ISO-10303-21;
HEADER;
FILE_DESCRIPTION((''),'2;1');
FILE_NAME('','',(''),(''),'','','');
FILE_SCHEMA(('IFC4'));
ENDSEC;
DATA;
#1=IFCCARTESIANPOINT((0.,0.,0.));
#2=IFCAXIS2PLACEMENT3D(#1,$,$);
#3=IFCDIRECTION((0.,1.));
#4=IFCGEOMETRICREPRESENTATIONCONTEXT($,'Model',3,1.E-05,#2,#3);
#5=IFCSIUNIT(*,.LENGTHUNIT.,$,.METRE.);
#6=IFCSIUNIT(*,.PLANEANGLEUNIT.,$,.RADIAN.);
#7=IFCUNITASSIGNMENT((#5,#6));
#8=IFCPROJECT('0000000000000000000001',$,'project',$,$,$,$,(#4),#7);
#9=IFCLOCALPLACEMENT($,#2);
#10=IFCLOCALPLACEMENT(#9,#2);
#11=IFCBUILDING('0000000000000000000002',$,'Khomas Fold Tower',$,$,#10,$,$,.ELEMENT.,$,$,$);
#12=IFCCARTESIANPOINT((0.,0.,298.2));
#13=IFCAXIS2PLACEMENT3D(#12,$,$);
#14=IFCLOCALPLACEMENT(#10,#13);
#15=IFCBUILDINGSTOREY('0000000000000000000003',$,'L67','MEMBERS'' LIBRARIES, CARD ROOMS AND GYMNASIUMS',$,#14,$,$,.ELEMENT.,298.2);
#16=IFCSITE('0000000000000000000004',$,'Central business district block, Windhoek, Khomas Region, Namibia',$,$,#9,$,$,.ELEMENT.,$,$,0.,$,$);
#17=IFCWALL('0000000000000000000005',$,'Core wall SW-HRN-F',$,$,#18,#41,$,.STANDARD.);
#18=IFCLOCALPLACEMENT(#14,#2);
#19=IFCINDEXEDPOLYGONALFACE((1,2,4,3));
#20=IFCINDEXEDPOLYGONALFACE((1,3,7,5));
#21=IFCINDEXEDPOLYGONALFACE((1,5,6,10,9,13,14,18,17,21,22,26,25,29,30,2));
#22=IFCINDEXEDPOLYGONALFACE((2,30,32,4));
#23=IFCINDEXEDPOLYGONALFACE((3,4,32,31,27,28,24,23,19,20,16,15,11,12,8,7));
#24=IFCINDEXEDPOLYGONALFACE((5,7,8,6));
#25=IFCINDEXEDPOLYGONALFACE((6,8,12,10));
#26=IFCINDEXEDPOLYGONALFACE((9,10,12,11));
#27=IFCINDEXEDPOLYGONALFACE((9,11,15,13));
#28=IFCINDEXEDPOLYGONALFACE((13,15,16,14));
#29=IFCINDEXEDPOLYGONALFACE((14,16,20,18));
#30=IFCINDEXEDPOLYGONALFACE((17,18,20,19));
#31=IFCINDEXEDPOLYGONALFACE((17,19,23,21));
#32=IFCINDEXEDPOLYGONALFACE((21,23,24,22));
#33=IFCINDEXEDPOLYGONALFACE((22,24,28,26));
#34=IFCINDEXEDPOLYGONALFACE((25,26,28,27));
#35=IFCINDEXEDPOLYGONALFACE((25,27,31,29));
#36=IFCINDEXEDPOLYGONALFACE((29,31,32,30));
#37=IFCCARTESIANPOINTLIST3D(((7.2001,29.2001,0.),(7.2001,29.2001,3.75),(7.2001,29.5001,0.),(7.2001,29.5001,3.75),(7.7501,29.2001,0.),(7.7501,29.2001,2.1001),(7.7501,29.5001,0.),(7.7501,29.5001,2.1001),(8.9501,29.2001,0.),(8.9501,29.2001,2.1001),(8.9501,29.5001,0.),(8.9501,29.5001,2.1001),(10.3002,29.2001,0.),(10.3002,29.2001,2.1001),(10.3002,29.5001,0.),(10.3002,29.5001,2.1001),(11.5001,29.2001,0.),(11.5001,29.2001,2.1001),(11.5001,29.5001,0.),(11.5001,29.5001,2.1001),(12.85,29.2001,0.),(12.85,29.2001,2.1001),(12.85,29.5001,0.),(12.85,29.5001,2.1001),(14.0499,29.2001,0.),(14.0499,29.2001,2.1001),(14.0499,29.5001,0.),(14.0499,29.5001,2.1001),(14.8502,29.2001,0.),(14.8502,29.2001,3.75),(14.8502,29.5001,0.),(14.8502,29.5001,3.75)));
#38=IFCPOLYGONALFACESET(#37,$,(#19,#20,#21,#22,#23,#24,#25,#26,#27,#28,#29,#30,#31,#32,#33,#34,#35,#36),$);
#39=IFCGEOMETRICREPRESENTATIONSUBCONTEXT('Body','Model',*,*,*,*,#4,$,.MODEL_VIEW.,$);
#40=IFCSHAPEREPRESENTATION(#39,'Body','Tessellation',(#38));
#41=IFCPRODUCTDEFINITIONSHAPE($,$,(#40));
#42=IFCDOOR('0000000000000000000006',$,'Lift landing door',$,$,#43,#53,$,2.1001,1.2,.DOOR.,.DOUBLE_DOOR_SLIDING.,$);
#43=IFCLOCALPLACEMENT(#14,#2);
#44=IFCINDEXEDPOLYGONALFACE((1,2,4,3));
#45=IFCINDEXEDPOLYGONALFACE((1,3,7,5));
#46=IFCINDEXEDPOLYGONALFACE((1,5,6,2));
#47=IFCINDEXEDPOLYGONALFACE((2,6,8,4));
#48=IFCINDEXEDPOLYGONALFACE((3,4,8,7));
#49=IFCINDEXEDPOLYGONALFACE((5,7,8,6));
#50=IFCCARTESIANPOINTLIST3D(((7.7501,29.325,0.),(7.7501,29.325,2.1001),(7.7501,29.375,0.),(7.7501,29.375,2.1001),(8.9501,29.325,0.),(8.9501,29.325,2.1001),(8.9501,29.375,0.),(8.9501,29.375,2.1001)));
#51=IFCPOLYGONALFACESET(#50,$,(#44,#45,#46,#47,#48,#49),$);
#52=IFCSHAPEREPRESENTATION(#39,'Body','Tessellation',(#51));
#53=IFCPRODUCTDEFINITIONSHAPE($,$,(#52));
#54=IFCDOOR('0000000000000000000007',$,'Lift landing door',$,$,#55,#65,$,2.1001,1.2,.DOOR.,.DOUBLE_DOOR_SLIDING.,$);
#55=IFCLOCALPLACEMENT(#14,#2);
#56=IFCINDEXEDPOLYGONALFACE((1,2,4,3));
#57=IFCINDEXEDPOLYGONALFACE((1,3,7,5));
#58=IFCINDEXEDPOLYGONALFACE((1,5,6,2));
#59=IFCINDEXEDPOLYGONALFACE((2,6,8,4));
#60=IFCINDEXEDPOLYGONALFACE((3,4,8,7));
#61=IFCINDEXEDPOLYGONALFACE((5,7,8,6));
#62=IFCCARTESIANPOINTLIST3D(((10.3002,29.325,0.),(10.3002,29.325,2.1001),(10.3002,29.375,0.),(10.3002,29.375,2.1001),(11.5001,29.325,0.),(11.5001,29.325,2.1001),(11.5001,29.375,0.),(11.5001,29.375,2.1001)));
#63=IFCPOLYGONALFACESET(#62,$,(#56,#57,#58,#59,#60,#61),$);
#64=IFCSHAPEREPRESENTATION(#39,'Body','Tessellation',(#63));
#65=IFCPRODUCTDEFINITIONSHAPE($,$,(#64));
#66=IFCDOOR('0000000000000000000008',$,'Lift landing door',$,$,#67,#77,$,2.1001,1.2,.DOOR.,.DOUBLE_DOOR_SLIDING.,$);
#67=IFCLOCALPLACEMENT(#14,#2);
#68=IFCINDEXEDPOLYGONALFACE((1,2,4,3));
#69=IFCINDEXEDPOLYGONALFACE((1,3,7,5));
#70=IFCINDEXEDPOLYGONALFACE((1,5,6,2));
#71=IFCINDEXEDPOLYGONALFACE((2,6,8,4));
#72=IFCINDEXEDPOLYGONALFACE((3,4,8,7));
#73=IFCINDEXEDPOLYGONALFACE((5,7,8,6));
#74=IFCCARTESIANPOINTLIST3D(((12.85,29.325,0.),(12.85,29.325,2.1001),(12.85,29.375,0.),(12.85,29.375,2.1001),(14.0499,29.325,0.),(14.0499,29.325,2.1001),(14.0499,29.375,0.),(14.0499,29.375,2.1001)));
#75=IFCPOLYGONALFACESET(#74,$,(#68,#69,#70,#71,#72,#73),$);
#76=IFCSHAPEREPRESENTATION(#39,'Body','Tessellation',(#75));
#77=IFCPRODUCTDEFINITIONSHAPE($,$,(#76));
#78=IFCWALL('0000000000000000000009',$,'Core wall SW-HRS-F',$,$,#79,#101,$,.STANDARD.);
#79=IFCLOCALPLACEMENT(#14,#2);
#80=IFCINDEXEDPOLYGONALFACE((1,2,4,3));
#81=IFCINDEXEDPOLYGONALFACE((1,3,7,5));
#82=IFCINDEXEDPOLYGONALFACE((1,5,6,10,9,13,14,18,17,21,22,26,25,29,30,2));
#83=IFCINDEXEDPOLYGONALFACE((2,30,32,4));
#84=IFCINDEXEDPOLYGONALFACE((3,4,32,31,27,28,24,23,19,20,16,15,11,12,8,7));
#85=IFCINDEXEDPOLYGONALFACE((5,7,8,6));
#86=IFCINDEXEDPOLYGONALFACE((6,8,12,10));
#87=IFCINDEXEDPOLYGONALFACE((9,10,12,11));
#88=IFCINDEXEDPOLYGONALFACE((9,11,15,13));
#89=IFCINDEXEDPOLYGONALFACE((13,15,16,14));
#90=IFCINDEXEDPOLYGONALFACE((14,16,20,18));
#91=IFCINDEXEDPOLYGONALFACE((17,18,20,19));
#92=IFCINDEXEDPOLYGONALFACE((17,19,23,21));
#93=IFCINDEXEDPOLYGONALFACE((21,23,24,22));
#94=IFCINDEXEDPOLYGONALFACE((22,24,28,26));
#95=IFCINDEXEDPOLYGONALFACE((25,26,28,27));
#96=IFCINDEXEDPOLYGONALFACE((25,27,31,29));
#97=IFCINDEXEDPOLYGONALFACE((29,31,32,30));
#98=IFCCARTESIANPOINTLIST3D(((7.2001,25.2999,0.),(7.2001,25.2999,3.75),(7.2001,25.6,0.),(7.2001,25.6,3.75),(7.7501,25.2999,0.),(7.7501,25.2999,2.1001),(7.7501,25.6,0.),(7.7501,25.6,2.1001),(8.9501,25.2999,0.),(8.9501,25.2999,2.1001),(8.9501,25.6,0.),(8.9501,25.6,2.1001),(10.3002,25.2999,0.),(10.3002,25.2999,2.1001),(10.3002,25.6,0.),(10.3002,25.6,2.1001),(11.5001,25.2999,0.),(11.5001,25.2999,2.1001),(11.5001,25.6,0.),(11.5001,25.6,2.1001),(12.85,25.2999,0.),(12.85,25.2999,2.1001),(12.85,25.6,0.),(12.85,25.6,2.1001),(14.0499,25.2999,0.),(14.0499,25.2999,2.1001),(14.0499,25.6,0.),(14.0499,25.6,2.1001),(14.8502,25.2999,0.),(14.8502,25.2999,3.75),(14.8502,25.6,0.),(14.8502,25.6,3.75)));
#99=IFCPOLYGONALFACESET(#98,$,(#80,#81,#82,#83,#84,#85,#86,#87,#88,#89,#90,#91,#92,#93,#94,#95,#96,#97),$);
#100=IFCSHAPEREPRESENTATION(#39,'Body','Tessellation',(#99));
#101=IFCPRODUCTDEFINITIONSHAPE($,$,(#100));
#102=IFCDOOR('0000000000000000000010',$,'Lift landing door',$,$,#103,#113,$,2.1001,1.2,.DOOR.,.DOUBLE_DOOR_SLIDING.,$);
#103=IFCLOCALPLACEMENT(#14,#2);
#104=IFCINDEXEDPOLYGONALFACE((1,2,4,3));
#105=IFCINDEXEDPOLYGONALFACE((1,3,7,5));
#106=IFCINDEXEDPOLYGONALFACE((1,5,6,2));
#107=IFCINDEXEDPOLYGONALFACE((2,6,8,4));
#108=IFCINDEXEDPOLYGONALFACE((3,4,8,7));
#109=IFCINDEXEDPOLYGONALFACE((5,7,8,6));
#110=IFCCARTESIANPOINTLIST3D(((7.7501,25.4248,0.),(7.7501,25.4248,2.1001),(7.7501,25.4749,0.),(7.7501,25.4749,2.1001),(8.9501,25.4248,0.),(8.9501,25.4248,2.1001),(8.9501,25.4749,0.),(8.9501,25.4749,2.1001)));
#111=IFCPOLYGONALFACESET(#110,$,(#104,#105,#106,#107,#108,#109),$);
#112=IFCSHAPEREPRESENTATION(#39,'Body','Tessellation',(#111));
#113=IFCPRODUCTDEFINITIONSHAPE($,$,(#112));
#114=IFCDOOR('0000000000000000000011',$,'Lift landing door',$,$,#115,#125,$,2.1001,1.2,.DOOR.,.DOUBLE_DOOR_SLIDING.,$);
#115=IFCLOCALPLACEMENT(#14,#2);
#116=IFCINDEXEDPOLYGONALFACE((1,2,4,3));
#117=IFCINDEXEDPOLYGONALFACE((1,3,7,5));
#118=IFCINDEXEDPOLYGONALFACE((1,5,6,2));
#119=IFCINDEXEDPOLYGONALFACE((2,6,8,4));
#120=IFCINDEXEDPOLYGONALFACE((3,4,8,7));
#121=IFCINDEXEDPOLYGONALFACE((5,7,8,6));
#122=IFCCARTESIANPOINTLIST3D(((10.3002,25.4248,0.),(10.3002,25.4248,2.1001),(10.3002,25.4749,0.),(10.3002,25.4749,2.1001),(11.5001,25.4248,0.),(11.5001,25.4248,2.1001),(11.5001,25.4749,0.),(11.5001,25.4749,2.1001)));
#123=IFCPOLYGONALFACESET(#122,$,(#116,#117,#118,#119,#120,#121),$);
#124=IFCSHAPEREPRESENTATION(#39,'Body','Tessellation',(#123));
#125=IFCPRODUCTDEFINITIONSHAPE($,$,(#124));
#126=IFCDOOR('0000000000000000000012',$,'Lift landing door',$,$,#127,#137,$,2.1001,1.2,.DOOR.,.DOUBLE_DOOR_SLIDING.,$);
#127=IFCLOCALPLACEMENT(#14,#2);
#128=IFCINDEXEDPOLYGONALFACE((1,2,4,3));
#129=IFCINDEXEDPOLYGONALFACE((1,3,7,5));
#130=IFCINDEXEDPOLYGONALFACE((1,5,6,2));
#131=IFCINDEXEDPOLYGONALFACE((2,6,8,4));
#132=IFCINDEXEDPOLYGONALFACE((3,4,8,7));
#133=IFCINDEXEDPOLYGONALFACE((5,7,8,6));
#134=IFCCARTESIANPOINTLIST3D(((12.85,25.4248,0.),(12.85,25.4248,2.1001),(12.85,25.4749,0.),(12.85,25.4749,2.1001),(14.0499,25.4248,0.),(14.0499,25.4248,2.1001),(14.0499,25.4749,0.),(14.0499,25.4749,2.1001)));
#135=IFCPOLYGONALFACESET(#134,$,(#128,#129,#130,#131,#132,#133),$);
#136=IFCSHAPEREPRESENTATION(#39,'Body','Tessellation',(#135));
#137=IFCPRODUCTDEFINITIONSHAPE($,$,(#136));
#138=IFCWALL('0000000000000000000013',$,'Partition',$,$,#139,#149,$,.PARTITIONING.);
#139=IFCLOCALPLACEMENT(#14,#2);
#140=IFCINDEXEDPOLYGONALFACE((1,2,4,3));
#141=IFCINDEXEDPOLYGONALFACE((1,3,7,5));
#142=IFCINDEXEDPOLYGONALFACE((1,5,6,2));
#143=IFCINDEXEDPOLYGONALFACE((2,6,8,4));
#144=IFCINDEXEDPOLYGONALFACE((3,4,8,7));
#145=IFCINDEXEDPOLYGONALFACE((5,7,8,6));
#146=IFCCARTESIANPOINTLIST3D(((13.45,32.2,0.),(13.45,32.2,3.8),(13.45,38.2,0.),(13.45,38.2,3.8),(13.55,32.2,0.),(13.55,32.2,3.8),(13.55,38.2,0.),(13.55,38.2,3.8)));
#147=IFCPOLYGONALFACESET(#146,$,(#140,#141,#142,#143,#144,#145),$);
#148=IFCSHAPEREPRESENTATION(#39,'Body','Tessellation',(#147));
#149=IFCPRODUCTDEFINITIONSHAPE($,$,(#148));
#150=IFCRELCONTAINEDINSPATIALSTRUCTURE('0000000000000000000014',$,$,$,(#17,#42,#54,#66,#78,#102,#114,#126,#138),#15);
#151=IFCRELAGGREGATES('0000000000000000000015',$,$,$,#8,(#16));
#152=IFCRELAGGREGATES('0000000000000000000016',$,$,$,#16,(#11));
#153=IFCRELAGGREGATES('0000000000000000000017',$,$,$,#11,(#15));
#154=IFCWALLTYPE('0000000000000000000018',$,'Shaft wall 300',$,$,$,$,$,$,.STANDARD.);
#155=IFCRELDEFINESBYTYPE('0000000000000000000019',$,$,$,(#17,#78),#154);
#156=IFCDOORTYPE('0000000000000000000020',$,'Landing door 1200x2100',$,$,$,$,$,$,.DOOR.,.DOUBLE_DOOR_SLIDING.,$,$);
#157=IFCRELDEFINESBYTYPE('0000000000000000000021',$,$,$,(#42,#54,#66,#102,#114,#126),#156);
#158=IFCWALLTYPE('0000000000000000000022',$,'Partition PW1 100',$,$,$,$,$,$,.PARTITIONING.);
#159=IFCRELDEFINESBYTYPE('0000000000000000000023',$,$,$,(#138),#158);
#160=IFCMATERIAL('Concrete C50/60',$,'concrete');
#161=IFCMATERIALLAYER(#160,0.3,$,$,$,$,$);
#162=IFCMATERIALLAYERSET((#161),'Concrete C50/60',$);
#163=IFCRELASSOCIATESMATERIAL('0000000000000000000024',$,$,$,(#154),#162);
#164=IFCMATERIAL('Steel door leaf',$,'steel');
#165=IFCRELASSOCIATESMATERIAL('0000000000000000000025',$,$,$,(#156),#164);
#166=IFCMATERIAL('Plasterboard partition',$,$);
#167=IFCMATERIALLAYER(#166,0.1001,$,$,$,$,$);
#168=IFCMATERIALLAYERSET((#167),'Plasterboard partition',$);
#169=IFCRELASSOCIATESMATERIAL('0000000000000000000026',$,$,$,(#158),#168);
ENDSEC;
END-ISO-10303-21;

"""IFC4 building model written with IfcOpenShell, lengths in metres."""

from ifc_helpers import new_model, si_unit, direction, frame, frame_2d, origin, place, context, subcontext, project, spatial, rectangle, extrude, source, transform, mapped, material, layer, layer_set, type_object, element, fill, save


model = new_model("IFC4")

# Units and contexts
model_context = context("Model", 3, precision=1e-05, world=origin(), true_north=direction((0.0, 1.0)))
body_context = subcontext(model_context, "Body", "Model", "MODEL_VIEW")
ifc_project = project(units=[si_unit("LENGTHUNIT", "METRE"), si_unit("PLANEANGLEUNIT", "RADIAN")], contexts=[model_context])

# Site, building, storey
site_placement = place(None, origin())
site = spatial("IfcSite", under=ifc_project, at=site_placement, Name="Central business district block, Windhoek, Khomas Region, Namibia", CompositionType="ELEMENT", RefElevation=0.0)
building_placement = place(site_placement, origin())
building = spatial("IfcBuilding", under=site, at=building_placement, Name="Khomas Fold Tower", CompositionType="ELEMENT")
storey_placement = place(building_placement, frame((0.0, 0.0, 298.2)))
storey = spatial("IfcBuildingStorey", under=building, at=storey_placement, Name="L67", Description="MEMBERS' LIBRARIES, CARD ROOMS AND GYMNASIUMS", CompositionType="ELEMENT", Elevation=298.2)

# Shared definitions
ifc_material_1 = material(Name="Concrete C50/60", Category="concrete")
ifc_layer_1 = layer(ifc_material_1, 0.3)
ifc_layer_set_1 = layer_set([ifc_layer_1], Name="Concrete C50/60")
wall_type_1 = type_object("IfcWallType", Name="Shaft wall 300", PredefinedType="STANDARD", material=ifc_layer_set_1)
shared_shape_1 = source(origin(), body_context, "Body", "SweptSolid", [
    extrude(rectangle(XDim=7.6501, YDim=0.3, at=frame_2d((3.8252, 0.0))), origin(), (0.0, 0.0, 1.0), 3.75),
])

# Walls, openings, doors
wall_1_placement = place(storey_placement, frame((7.2, 29.3501, 0.0), z_axis=(0.0, 0.0, 1.0), x_axis=(1.0, 0.0, 0.0)))
wall_1 = element("IfcWall", 1, at=wall_1_placement, inside=storey, type_object=wall_type_1, Name="Core wall SW-HRN-F", PredefinedType="STANDARD", context=body_context, shape_type="MappedRepresentation", body=[
    mapped(shared_shape_1, transform((0.0, 0.0, 0.0))),
])
shared_shape_2 = source(origin(), body_context, "Body", "SweptSolid", [
    extrude(rectangle(XDim=1.2, YDim=2.1001, at=frame_2d((0.6001, 1.05))), frame((0.0, 0.1599, 0.0), z_axis=(0.0, -1.0, 0.0), x_axis=(1.0, 0.0, 0.0)), (0.0, 0.0, 1.0), 0.3201),
])
opening_1_placement = place(wall_1_placement, frame((0.55, 0.0, 0.0)))
opening_1 = element("IfcOpeningElement", 2, at=opening_1_placement, cuts=wall_1, PredefinedType="OPENING", context=body_context, shape_type="MappedRepresentation", body=[
    mapped(shared_shape_2, transform((0.0, 0.0, 0.0))),
])
opening_2_placement = place(wall_1_placement, frame((3.1001, 0.0, 0.0)))
opening_2 = element("IfcOpeningElement", 3, at=opening_2_placement, cuts=wall_1, PredefinedType="OPENING", context=body_context, shape_type="MappedRepresentation", body=[
    mapped(shared_shape_2, transform((0.0, 0.0, 0.0))),
])
opening_3_placement = place(wall_1_placement, frame((5.6499, 0.0, 0.0)))
opening_3 = element("IfcOpeningElement", 4, at=opening_3_placement, cuts=wall_1, PredefinedType="OPENING", context=body_context, shape_type="MappedRepresentation", body=[
    mapped(shared_shape_2, transform((0.0, 0.0, 0.0))),
])
ifc_material_2 = material(Name="Steel door leaf", Category="steel")
door_type_1 = type_object("IfcDoorType", Name="Landing door 1200x2100", OperationType="DOUBLE_DOOR_SLIDING", PredefinedType="DOOR", material=ifc_material_2)
shared_shape_3 = source(origin(), body_context, "Body", "SweptSolid", [
    extrude(rectangle(XDim=1.2, YDim=2.1001, at=frame_2d((0.6001, 1.05))), frame((0.0, 0.0249, 0.0), z_axis=(0.0, -1.0, 0.0), x_axis=(1.0, 0.0, 0.0)), (0.0, 0.0, 1.0), 0.05),
])
door_1_placement = place(opening_1_placement, origin())
door_1 = element("IfcDoor", 5, at=door_1_placement, inside=storey, type_object=door_type_1, Name="Lift landing door", OperationType="DOUBLE_DOOR_SLIDING", OverallHeight=2.1001, OverallWidth=1.2, PredefinedType="DOOR", context=body_context, shape_type="MappedRepresentation", body=[
    mapped(shared_shape_3, transform((0.0, 0.0, 0.0))),
])
fill(opening_1, door_1)
door_2_placement = place(opening_2_placement, origin())
door_2 = element("IfcDoor", 6, at=door_2_placement, inside=storey, type_object=door_type_1, Name="Lift landing door", OperationType="DOUBLE_DOOR_SLIDING", OverallHeight=2.1001, OverallWidth=1.2, PredefinedType="DOOR", context=body_context, shape_type="MappedRepresentation", body=[
    mapped(shared_shape_3, transform((0.0, 0.0, 0.0))),
])
fill(opening_2, door_2)
door_3_placement = place(opening_3_placement, origin())
door_3 = element("IfcDoor", 7, at=door_3_placement, inside=storey, type_object=door_type_1, Name="Lift landing door", OperationType="DOUBLE_DOOR_SLIDING", OverallHeight=2.1001, OverallWidth=1.2, PredefinedType="DOOR", context=body_context, shape_type="MappedRepresentation", body=[
    mapped(shared_shape_3, transform((0.0, 0.0, 0.0))),
])
fill(opening_3, door_3)
wall_2_placement = place(storey_placement, frame((7.2, 25.45, 0.0), z_axis=(0.0, 0.0, 1.0), x_axis=(1.0, 0.0, 0.0)))
wall_2 = element("IfcWall", 8, at=wall_2_placement, inside=storey, type_object=wall_type_1, Name="Core wall SW-HRS-F", PredefinedType="STANDARD", context=body_context, shape_type="MappedRepresentation", body=[
    mapped(shared_shape_1, transform((0.0, 0.0, 0.0))),
])
opening_4_placement = place(wall_2_placement, frame((0.55, 0.0, 0.0)))
opening_4 = element("IfcOpeningElement", 9, at=opening_4_placement, cuts=wall_2, PredefinedType="OPENING", context=body_context, shape_type="MappedRepresentation", body=[
    mapped(shared_shape_2, transform((0.0, 0.0, 0.0))),
])
opening_5_placement = place(wall_2_placement, frame((3.1001, 0.0, 0.0)))
opening_5 = element("IfcOpeningElement", 10, at=opening_5_placement, cuts=wall_2, PredefinedType="OPENING", context=body_context, shape_type="MappedRepresentation", body=[
    mapped(shared_shape_2, transform((0.0, 0.0, 0.0))),
])
opening_6_placement = place(wall_2_placement, frame((5.6499, 0.0, 0.0)))
opening_6 = element("IfcOpeningElement", 11, at=opening_6_placement, cuts=wall_2, PredefinedType="OPENING", context=body_context, shape_type="MappedRepresentation", body=[
    mapped(shared_shape_2, transform((0.0, 0.0, 0.0))),
])
door_4_placement = place(opening_4_placement, origin())
door_4 = element("IfcDoor", 12, at=door_4_placement, inside=storey, type_object=door_type_1, Name="Lift landing door", OperationType="DOUBLE_DOOR_SLIDING", OverallHeight=2.1001, OverallWidth=1.2, PredefinedType="DOOR", context=body_context, shape_type="MappedRepresentation", body=[
    mapped(shared_shape_3, transform((0.0, 0.0, 0.0))),
])
fill(opening_4, door_4)
door_5_placement = place(opening_5_placement, origin())
door_5 = element("IfcDoor", 13, at=door_5_placement, inside=storey, type_object=door_type_1, Name="Lift landing door", OperationType="DOUBLE_DOOR_SLIDING", OverallHeight=2.1001, OverallWidth=1.2, PredefinedType="DOOR", context=body_context, shape_type="MappedRepresentation", body=[
    mapped(shared_shape_3, transform((0.0, 0.0, 0.0))),
])
fill(opening_5, door_5)
door_6_placement = place(opening_6_placement, origin())
door_6 = element("IfcDoor", 14, at=door_6_placement, inside=storey, type_object=door_type_1, Name="Lift landing door", OperationType="DOUBLE_DOOR_SLIDING", OverallHeight=2.1001, OverallWidth=1.2, PredefinedType="DOOR", context=body_context, shape_type="MappedRepresentation", body=[
    mapped(shared_shape_3, transform((0.0, 0.0, 0.0))),
])
fill(opening_6, door_6)

# Wall
ifc_material_3 = material(Name="Plasterboard partition")
ifc_layer_2 = layer(ifc_material_3, 0.1001)
ifc_layer_set_2 = layer_set([ifc_layer_2], Name="Plasterboard partition")
wall_type_2 = type_object("IfcWallType", Name="Partition PW1 100", PredefinedType="PARTITIONING", material=ifc_layer_set_2)
shared_shape_4 = source(origin(), body_context, "Body", "SweptSolid", [
    extrude(rectangle(XDim=6.0, YDim=0.1001, at=frame_2d((3.0, 0.0))), origin(), (0.0, 0.0, 1.0), 3.8),
])
wall_3_placement = place(storey_placement, frame((13.5, 32.2, 0.0), z_axis=(0.0, 0.0, 1.0), x_axis=(0.0, 1.0, 0.0)))
element("IfcWall", 15, at=wall_3_placement, inside=storey, type_object=wall_type_2, Name="Partition", PredefinedType="PARTITIONING", context=body_context, shape_type="MappedRepresentation", body=[
    mapped(shared_shape_4, transform((0.0, 0.0, 0.0))),
])

save(model, "model.ifc")
